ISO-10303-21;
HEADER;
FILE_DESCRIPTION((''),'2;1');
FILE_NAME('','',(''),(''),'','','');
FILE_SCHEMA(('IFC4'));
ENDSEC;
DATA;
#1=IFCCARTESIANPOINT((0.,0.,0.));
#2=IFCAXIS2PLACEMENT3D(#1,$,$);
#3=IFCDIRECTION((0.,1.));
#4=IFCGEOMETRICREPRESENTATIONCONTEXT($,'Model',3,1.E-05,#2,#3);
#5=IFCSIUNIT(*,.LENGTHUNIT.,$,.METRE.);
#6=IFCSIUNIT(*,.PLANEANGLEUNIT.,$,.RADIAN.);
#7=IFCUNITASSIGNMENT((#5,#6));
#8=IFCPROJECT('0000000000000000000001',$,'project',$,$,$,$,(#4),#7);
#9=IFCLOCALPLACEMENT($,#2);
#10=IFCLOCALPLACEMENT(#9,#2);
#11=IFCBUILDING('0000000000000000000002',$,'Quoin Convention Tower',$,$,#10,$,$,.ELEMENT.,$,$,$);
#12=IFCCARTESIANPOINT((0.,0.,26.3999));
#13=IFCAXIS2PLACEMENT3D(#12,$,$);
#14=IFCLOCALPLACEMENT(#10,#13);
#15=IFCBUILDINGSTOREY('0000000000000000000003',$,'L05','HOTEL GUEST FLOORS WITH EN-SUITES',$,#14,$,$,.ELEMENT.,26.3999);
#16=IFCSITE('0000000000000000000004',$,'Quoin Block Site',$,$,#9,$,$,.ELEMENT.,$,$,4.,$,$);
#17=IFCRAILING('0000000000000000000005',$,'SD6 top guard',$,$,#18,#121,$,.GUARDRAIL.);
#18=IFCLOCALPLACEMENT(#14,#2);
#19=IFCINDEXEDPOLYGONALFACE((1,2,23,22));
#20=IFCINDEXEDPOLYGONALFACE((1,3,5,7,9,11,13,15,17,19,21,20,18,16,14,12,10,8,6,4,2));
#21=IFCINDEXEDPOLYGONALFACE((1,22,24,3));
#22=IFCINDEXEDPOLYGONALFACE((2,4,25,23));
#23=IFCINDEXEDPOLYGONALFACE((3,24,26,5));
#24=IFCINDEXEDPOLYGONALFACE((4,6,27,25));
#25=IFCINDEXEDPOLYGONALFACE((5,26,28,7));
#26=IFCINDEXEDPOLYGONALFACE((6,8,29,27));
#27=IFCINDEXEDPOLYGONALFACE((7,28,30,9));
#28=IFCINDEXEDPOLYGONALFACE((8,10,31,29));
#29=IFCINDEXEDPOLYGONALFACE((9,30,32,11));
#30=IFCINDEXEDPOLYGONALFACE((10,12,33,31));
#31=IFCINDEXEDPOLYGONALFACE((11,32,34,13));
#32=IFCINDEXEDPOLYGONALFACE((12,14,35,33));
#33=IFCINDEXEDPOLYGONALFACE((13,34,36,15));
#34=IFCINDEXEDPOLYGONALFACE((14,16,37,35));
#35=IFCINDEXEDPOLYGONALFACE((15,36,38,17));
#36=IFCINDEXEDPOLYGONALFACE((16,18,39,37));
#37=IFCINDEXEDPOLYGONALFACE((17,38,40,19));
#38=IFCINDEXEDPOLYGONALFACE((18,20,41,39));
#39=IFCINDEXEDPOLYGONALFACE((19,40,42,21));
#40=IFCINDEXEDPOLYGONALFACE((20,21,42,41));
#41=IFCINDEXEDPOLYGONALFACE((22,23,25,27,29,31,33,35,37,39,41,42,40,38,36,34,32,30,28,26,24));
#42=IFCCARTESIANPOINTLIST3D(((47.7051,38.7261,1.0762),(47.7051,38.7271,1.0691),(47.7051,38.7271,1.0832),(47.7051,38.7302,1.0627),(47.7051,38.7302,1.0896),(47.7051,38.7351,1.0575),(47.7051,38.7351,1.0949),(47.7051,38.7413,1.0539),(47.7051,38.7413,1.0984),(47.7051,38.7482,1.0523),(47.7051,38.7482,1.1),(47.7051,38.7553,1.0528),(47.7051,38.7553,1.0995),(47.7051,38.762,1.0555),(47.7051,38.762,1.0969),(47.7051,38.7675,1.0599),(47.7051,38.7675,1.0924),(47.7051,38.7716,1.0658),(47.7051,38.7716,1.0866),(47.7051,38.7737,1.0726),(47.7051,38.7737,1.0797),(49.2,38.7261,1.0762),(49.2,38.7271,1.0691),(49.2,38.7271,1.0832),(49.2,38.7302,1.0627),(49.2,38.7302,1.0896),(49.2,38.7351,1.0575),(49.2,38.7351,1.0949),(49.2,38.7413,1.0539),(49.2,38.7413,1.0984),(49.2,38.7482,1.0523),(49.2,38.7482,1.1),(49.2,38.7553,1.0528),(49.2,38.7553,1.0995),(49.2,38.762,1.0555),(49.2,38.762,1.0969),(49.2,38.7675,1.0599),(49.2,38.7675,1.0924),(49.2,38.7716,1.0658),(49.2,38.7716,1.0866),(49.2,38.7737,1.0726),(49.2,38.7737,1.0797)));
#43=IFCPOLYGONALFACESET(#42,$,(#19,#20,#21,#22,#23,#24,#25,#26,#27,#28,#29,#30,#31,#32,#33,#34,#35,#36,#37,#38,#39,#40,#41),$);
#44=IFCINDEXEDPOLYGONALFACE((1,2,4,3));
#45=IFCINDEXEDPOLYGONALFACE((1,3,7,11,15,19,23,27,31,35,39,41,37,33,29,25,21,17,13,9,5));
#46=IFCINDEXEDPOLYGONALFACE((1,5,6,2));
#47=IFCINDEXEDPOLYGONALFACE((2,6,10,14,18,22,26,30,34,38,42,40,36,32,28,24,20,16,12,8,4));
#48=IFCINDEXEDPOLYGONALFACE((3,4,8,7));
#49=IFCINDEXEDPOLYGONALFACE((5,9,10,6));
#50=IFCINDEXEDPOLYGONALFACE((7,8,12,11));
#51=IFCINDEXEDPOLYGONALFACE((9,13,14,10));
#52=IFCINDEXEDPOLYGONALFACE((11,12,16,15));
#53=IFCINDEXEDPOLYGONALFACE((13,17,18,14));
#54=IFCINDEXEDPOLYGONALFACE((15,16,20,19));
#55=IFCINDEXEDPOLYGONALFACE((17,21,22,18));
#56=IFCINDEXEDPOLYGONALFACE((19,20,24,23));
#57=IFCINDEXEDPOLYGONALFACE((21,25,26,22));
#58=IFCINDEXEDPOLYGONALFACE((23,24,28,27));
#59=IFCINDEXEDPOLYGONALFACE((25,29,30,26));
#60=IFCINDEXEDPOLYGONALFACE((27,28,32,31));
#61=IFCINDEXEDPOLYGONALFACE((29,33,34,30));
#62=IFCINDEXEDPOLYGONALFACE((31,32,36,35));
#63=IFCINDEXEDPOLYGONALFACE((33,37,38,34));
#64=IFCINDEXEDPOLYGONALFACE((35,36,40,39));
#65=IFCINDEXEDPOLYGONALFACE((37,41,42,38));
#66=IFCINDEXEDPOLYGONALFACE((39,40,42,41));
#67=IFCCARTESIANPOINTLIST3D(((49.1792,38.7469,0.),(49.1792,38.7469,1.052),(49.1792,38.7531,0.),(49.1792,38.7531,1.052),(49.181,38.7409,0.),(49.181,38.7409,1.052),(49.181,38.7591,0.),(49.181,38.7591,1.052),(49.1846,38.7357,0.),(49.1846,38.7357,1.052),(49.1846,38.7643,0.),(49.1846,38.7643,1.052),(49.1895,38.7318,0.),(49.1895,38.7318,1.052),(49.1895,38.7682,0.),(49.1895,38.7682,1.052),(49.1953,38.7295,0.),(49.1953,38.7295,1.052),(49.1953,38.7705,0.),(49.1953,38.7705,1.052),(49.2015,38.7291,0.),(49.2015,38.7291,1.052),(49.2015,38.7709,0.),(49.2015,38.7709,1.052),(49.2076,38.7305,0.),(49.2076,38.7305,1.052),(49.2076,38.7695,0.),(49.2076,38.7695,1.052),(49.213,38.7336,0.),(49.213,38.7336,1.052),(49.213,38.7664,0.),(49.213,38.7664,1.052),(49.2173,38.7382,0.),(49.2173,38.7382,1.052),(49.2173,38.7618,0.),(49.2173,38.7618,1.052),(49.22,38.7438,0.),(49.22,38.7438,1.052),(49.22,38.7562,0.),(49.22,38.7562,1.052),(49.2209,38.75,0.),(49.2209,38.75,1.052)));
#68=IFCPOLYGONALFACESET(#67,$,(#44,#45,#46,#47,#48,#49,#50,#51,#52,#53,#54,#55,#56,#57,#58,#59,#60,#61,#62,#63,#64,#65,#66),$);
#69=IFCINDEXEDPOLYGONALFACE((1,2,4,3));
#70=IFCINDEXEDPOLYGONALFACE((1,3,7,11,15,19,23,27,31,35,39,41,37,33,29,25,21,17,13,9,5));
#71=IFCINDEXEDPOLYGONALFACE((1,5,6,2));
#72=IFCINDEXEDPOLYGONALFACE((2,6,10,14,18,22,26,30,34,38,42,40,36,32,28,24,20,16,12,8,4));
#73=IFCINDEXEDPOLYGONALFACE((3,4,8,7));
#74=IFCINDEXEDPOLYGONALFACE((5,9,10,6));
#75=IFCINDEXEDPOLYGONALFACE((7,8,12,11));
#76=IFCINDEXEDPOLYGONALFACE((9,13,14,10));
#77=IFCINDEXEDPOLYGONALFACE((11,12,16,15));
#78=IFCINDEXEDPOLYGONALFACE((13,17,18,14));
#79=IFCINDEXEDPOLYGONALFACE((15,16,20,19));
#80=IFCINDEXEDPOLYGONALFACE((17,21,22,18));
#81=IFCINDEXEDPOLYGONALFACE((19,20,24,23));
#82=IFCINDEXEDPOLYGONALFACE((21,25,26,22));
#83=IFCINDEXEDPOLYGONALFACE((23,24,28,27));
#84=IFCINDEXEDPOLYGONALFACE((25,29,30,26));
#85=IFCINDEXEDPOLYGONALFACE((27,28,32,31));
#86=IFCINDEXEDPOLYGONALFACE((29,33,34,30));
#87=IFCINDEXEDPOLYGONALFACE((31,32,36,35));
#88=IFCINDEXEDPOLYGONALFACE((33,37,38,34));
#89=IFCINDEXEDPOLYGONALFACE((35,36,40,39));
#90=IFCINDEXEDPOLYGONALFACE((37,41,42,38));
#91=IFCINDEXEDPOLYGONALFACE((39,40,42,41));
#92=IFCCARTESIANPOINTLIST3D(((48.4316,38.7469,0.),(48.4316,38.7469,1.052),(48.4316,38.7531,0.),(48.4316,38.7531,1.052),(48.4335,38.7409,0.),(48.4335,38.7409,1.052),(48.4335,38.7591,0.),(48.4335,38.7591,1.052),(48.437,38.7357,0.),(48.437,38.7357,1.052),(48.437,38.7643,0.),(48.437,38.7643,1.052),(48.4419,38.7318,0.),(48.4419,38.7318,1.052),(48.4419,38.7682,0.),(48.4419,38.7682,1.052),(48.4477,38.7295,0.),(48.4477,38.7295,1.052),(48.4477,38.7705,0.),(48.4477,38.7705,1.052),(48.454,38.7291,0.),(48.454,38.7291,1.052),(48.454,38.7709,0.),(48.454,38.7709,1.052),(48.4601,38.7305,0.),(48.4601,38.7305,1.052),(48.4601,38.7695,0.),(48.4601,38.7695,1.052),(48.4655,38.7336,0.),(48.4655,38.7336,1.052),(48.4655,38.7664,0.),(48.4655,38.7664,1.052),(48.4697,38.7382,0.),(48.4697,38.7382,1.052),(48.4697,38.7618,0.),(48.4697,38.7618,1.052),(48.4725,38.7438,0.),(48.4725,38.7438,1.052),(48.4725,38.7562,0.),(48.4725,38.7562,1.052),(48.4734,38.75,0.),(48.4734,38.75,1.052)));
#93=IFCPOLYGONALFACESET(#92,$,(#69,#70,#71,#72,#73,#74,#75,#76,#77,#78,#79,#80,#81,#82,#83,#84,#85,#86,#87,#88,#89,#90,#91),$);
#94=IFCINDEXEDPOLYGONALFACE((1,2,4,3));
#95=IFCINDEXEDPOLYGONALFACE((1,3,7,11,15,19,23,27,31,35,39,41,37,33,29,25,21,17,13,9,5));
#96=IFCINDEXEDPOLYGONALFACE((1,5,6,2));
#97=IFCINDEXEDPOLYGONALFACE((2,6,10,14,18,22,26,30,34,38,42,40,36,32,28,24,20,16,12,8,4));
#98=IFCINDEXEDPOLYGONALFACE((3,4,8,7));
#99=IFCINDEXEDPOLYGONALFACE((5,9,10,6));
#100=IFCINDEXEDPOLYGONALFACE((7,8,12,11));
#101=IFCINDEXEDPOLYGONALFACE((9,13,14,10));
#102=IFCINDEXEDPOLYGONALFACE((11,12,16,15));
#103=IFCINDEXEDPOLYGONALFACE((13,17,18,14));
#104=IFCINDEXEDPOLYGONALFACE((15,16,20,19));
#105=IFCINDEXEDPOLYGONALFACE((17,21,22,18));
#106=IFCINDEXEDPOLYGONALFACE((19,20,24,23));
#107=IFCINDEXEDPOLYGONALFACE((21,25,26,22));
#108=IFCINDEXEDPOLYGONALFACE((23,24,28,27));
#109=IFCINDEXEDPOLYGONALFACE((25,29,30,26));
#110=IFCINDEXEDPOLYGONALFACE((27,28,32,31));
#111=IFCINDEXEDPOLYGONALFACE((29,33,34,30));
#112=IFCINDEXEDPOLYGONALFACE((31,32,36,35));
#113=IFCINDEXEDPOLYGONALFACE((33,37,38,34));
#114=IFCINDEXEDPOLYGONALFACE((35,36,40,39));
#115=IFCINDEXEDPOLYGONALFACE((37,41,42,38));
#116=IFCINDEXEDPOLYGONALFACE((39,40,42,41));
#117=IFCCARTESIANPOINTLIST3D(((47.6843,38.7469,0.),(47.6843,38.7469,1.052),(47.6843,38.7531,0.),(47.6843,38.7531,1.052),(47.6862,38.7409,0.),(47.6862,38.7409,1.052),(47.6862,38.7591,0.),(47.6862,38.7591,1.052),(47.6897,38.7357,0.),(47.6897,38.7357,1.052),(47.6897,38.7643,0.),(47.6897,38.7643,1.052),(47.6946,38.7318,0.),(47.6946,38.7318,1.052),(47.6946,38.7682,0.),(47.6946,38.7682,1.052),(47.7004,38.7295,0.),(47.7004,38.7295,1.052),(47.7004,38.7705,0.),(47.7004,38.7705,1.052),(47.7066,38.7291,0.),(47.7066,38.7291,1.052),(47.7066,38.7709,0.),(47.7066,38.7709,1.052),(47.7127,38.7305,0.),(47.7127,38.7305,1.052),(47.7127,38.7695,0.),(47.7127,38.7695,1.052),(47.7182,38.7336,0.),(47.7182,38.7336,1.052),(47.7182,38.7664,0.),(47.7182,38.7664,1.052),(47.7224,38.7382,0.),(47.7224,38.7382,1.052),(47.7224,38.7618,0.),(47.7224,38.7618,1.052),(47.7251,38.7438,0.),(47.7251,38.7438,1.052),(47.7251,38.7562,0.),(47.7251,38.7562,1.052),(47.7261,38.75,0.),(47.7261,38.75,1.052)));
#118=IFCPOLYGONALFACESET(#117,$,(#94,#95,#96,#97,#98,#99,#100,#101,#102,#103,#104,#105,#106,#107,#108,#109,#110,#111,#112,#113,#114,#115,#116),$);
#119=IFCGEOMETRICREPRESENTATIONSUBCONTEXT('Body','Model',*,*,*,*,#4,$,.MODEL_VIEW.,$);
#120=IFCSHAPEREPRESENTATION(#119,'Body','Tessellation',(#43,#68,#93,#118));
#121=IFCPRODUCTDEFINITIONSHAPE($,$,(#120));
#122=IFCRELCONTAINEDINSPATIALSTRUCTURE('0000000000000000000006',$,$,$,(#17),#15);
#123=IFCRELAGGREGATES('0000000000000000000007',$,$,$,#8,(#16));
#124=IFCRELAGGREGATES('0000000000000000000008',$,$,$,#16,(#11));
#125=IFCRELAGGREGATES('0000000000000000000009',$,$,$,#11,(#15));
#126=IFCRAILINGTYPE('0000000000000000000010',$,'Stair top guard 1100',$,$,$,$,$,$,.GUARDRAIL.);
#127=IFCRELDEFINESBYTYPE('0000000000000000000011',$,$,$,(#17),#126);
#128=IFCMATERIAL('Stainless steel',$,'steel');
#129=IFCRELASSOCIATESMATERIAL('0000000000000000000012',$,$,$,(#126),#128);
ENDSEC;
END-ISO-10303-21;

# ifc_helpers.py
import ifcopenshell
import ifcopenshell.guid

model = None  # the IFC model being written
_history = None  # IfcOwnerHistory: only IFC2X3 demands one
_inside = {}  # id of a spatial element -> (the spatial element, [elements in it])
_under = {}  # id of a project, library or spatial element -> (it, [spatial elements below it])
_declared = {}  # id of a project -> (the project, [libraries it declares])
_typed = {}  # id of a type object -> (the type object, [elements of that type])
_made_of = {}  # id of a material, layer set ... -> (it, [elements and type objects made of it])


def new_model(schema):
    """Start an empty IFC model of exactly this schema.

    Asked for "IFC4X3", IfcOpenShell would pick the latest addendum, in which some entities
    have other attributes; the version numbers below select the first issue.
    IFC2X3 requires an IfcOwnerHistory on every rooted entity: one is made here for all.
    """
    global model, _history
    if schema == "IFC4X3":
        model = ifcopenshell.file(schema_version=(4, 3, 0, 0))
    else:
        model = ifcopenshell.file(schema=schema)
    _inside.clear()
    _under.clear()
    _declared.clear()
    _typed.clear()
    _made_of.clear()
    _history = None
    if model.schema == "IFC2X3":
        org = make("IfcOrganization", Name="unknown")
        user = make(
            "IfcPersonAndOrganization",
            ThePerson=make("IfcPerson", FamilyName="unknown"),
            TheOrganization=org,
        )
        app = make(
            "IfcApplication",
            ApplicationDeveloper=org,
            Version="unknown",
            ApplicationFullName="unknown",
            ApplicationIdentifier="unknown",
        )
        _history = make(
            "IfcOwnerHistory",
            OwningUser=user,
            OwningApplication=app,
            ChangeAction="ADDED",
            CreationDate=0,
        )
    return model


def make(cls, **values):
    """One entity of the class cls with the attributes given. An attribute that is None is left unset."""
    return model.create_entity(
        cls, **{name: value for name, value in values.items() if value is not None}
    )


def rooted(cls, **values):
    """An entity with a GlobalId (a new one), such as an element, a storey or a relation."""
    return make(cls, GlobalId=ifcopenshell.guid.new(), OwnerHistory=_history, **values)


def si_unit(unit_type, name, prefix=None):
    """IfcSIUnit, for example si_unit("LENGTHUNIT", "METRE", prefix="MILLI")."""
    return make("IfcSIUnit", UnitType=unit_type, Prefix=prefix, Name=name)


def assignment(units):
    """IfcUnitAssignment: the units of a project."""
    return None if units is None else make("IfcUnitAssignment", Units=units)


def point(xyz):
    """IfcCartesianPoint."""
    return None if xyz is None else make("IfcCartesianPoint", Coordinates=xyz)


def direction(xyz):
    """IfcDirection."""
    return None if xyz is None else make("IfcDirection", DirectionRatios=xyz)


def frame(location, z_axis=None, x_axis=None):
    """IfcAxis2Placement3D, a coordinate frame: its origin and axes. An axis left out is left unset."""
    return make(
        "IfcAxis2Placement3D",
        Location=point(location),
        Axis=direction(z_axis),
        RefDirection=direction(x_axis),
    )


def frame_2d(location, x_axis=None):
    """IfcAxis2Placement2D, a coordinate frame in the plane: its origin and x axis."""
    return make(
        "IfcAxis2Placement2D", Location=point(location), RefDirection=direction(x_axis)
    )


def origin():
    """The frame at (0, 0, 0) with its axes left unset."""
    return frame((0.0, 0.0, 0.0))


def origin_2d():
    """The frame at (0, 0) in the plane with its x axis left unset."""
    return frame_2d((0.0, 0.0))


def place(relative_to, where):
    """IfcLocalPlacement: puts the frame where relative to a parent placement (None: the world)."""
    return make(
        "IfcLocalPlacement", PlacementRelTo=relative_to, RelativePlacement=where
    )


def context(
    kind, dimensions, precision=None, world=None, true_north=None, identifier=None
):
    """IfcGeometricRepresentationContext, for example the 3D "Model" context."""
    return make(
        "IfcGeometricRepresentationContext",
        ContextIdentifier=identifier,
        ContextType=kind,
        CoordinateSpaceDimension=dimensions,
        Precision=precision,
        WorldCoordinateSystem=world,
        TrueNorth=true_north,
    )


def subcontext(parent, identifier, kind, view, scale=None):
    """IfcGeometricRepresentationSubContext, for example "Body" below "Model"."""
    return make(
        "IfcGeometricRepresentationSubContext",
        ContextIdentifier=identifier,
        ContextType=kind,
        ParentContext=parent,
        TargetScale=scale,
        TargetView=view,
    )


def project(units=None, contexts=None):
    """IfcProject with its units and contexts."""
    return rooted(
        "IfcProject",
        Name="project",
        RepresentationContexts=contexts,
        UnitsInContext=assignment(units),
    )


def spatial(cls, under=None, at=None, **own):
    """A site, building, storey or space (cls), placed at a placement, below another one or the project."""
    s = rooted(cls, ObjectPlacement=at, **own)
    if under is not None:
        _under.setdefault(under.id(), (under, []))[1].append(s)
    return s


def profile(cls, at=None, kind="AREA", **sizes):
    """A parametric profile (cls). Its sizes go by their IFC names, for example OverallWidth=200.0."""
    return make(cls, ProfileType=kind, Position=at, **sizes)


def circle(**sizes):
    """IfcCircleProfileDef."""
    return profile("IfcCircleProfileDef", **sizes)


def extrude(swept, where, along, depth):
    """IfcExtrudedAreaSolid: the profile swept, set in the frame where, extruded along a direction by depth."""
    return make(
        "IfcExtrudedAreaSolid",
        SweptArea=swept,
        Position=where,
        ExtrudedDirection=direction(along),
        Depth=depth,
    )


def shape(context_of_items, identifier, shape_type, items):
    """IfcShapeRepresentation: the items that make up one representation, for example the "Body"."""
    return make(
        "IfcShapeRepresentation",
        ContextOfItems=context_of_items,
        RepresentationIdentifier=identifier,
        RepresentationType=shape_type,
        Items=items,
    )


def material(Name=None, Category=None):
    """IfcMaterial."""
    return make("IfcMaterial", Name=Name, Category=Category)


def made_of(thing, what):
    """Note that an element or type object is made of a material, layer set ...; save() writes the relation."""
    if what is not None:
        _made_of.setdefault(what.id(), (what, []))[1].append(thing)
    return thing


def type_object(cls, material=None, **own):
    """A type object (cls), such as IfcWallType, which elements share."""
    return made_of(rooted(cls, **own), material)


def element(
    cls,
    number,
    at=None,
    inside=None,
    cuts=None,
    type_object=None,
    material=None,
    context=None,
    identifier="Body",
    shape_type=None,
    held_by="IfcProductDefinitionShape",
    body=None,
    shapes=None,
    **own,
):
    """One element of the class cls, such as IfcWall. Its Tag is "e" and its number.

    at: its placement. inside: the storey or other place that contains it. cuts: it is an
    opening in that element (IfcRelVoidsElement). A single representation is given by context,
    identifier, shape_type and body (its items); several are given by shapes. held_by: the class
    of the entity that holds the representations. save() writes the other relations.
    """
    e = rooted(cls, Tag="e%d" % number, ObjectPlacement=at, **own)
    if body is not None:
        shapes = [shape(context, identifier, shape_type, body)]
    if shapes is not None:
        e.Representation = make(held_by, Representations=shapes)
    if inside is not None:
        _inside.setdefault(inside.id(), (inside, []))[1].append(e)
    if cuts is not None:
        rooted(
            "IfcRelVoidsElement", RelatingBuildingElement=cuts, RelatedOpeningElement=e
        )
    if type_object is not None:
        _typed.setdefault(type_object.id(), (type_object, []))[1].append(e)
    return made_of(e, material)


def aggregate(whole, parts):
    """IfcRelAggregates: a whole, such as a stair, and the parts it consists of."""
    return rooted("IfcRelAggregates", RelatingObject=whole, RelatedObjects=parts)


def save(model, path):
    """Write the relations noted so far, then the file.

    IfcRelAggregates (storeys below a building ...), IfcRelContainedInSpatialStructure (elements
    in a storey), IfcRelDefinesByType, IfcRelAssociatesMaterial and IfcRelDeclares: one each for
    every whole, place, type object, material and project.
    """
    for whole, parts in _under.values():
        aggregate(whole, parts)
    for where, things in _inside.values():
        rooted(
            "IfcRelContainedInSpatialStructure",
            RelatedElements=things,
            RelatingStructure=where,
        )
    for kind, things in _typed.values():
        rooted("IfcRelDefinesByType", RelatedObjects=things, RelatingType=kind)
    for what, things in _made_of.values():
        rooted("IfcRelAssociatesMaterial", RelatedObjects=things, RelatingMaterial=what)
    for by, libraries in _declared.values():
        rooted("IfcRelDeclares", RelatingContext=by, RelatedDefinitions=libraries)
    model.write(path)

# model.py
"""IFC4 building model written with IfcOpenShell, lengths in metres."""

from ifc_helpers import new_model, si_unit, direction, frame, origin, origin_2d, place, context, subcontext, project, spatial, circle, extrude, material, type_object, element, save


model = new_model("IFC4")

# Units and contexts
model_context = context("Model", 3, precision=1e-05, world=origin(), true_north=direction((0.0, 1.0)))
body_context = subcontext(model_context, "Body", "Model", "MODEL_VIEW")
ifc_project = project(units=[si_unit("LENGTHUNIT", "METRE"), si_unit("PLANEANGLEUNIT", "RADIAN")], contexts=[model_context])

# Site, building, storey
site_placement = place(None, origin())
site = spatial("IfcSite", under=ifc_project, at=site_placement, Name="Quoin Block Site", CompositionType="ELEMENT", RefElevation=4.0)
building_placement = place(site_placement, origin())
building = spatial("IfcBuilding", under=site, at=building_placement, Name="Quoin Convention Tower", CompositionType="ELEMENT")
storey_placement = place(building_placement, frame((0.0, 0.0, 26.3999)))
storey = spatial("IfcBuildingStorey", under=building, at=storey_placement, Name="L05", Description="HOTEL GUEST FLOORS WITH EN-SUITES", CompositionType="ELEMENT", Elevation=26.3999)

# Railing
ifc_material_1 = material(Name="Stainless steel", Category="steel")
railing_type_1 = type_object("IfcRailingType", Name="Stair top guard 1100", PredefinedType="GUARDRAIL", material=ifc_material_1)
railing_1_placement = place(storey_placement, frame((49.2, 38.75, 0.0)))
element("IfcRailing", 1, at=railing_1_placement, inside=storey, type_object=railing_type_1, Name="SD6 top guard", PredefinedType="GUARDRAIL", context=body_context, shape_type="SweptSolid", body=[
    extrude(circle(Radius=0.0239, at=origin_2d()), frame((0.0, 0.0, 1.0762), z_axis=(-1.0, 0.0, 0.0), x_axis=(0.0, -1.0, 0.0)), (0.0, 0.0, 1.0), 1.4949),
    extrude(circle(Radius=0.021, at=origin_2d()), origin(), (0.0, 0.0, 1.0), 1.052),
    extrude(circle(Radius=0.021, at=origin_2d()), frame((-0.7476, 0.0, 0.0)), (0.0, 0.0, 1.0), 1.052),
    extrude(circle(Radius=0.021, at=origin_2d()), frame((-1.4949, 0.0, 0.0)), (0.0, 0.0, 1.0), 1.052),
])

save(model, "model.ifc")
